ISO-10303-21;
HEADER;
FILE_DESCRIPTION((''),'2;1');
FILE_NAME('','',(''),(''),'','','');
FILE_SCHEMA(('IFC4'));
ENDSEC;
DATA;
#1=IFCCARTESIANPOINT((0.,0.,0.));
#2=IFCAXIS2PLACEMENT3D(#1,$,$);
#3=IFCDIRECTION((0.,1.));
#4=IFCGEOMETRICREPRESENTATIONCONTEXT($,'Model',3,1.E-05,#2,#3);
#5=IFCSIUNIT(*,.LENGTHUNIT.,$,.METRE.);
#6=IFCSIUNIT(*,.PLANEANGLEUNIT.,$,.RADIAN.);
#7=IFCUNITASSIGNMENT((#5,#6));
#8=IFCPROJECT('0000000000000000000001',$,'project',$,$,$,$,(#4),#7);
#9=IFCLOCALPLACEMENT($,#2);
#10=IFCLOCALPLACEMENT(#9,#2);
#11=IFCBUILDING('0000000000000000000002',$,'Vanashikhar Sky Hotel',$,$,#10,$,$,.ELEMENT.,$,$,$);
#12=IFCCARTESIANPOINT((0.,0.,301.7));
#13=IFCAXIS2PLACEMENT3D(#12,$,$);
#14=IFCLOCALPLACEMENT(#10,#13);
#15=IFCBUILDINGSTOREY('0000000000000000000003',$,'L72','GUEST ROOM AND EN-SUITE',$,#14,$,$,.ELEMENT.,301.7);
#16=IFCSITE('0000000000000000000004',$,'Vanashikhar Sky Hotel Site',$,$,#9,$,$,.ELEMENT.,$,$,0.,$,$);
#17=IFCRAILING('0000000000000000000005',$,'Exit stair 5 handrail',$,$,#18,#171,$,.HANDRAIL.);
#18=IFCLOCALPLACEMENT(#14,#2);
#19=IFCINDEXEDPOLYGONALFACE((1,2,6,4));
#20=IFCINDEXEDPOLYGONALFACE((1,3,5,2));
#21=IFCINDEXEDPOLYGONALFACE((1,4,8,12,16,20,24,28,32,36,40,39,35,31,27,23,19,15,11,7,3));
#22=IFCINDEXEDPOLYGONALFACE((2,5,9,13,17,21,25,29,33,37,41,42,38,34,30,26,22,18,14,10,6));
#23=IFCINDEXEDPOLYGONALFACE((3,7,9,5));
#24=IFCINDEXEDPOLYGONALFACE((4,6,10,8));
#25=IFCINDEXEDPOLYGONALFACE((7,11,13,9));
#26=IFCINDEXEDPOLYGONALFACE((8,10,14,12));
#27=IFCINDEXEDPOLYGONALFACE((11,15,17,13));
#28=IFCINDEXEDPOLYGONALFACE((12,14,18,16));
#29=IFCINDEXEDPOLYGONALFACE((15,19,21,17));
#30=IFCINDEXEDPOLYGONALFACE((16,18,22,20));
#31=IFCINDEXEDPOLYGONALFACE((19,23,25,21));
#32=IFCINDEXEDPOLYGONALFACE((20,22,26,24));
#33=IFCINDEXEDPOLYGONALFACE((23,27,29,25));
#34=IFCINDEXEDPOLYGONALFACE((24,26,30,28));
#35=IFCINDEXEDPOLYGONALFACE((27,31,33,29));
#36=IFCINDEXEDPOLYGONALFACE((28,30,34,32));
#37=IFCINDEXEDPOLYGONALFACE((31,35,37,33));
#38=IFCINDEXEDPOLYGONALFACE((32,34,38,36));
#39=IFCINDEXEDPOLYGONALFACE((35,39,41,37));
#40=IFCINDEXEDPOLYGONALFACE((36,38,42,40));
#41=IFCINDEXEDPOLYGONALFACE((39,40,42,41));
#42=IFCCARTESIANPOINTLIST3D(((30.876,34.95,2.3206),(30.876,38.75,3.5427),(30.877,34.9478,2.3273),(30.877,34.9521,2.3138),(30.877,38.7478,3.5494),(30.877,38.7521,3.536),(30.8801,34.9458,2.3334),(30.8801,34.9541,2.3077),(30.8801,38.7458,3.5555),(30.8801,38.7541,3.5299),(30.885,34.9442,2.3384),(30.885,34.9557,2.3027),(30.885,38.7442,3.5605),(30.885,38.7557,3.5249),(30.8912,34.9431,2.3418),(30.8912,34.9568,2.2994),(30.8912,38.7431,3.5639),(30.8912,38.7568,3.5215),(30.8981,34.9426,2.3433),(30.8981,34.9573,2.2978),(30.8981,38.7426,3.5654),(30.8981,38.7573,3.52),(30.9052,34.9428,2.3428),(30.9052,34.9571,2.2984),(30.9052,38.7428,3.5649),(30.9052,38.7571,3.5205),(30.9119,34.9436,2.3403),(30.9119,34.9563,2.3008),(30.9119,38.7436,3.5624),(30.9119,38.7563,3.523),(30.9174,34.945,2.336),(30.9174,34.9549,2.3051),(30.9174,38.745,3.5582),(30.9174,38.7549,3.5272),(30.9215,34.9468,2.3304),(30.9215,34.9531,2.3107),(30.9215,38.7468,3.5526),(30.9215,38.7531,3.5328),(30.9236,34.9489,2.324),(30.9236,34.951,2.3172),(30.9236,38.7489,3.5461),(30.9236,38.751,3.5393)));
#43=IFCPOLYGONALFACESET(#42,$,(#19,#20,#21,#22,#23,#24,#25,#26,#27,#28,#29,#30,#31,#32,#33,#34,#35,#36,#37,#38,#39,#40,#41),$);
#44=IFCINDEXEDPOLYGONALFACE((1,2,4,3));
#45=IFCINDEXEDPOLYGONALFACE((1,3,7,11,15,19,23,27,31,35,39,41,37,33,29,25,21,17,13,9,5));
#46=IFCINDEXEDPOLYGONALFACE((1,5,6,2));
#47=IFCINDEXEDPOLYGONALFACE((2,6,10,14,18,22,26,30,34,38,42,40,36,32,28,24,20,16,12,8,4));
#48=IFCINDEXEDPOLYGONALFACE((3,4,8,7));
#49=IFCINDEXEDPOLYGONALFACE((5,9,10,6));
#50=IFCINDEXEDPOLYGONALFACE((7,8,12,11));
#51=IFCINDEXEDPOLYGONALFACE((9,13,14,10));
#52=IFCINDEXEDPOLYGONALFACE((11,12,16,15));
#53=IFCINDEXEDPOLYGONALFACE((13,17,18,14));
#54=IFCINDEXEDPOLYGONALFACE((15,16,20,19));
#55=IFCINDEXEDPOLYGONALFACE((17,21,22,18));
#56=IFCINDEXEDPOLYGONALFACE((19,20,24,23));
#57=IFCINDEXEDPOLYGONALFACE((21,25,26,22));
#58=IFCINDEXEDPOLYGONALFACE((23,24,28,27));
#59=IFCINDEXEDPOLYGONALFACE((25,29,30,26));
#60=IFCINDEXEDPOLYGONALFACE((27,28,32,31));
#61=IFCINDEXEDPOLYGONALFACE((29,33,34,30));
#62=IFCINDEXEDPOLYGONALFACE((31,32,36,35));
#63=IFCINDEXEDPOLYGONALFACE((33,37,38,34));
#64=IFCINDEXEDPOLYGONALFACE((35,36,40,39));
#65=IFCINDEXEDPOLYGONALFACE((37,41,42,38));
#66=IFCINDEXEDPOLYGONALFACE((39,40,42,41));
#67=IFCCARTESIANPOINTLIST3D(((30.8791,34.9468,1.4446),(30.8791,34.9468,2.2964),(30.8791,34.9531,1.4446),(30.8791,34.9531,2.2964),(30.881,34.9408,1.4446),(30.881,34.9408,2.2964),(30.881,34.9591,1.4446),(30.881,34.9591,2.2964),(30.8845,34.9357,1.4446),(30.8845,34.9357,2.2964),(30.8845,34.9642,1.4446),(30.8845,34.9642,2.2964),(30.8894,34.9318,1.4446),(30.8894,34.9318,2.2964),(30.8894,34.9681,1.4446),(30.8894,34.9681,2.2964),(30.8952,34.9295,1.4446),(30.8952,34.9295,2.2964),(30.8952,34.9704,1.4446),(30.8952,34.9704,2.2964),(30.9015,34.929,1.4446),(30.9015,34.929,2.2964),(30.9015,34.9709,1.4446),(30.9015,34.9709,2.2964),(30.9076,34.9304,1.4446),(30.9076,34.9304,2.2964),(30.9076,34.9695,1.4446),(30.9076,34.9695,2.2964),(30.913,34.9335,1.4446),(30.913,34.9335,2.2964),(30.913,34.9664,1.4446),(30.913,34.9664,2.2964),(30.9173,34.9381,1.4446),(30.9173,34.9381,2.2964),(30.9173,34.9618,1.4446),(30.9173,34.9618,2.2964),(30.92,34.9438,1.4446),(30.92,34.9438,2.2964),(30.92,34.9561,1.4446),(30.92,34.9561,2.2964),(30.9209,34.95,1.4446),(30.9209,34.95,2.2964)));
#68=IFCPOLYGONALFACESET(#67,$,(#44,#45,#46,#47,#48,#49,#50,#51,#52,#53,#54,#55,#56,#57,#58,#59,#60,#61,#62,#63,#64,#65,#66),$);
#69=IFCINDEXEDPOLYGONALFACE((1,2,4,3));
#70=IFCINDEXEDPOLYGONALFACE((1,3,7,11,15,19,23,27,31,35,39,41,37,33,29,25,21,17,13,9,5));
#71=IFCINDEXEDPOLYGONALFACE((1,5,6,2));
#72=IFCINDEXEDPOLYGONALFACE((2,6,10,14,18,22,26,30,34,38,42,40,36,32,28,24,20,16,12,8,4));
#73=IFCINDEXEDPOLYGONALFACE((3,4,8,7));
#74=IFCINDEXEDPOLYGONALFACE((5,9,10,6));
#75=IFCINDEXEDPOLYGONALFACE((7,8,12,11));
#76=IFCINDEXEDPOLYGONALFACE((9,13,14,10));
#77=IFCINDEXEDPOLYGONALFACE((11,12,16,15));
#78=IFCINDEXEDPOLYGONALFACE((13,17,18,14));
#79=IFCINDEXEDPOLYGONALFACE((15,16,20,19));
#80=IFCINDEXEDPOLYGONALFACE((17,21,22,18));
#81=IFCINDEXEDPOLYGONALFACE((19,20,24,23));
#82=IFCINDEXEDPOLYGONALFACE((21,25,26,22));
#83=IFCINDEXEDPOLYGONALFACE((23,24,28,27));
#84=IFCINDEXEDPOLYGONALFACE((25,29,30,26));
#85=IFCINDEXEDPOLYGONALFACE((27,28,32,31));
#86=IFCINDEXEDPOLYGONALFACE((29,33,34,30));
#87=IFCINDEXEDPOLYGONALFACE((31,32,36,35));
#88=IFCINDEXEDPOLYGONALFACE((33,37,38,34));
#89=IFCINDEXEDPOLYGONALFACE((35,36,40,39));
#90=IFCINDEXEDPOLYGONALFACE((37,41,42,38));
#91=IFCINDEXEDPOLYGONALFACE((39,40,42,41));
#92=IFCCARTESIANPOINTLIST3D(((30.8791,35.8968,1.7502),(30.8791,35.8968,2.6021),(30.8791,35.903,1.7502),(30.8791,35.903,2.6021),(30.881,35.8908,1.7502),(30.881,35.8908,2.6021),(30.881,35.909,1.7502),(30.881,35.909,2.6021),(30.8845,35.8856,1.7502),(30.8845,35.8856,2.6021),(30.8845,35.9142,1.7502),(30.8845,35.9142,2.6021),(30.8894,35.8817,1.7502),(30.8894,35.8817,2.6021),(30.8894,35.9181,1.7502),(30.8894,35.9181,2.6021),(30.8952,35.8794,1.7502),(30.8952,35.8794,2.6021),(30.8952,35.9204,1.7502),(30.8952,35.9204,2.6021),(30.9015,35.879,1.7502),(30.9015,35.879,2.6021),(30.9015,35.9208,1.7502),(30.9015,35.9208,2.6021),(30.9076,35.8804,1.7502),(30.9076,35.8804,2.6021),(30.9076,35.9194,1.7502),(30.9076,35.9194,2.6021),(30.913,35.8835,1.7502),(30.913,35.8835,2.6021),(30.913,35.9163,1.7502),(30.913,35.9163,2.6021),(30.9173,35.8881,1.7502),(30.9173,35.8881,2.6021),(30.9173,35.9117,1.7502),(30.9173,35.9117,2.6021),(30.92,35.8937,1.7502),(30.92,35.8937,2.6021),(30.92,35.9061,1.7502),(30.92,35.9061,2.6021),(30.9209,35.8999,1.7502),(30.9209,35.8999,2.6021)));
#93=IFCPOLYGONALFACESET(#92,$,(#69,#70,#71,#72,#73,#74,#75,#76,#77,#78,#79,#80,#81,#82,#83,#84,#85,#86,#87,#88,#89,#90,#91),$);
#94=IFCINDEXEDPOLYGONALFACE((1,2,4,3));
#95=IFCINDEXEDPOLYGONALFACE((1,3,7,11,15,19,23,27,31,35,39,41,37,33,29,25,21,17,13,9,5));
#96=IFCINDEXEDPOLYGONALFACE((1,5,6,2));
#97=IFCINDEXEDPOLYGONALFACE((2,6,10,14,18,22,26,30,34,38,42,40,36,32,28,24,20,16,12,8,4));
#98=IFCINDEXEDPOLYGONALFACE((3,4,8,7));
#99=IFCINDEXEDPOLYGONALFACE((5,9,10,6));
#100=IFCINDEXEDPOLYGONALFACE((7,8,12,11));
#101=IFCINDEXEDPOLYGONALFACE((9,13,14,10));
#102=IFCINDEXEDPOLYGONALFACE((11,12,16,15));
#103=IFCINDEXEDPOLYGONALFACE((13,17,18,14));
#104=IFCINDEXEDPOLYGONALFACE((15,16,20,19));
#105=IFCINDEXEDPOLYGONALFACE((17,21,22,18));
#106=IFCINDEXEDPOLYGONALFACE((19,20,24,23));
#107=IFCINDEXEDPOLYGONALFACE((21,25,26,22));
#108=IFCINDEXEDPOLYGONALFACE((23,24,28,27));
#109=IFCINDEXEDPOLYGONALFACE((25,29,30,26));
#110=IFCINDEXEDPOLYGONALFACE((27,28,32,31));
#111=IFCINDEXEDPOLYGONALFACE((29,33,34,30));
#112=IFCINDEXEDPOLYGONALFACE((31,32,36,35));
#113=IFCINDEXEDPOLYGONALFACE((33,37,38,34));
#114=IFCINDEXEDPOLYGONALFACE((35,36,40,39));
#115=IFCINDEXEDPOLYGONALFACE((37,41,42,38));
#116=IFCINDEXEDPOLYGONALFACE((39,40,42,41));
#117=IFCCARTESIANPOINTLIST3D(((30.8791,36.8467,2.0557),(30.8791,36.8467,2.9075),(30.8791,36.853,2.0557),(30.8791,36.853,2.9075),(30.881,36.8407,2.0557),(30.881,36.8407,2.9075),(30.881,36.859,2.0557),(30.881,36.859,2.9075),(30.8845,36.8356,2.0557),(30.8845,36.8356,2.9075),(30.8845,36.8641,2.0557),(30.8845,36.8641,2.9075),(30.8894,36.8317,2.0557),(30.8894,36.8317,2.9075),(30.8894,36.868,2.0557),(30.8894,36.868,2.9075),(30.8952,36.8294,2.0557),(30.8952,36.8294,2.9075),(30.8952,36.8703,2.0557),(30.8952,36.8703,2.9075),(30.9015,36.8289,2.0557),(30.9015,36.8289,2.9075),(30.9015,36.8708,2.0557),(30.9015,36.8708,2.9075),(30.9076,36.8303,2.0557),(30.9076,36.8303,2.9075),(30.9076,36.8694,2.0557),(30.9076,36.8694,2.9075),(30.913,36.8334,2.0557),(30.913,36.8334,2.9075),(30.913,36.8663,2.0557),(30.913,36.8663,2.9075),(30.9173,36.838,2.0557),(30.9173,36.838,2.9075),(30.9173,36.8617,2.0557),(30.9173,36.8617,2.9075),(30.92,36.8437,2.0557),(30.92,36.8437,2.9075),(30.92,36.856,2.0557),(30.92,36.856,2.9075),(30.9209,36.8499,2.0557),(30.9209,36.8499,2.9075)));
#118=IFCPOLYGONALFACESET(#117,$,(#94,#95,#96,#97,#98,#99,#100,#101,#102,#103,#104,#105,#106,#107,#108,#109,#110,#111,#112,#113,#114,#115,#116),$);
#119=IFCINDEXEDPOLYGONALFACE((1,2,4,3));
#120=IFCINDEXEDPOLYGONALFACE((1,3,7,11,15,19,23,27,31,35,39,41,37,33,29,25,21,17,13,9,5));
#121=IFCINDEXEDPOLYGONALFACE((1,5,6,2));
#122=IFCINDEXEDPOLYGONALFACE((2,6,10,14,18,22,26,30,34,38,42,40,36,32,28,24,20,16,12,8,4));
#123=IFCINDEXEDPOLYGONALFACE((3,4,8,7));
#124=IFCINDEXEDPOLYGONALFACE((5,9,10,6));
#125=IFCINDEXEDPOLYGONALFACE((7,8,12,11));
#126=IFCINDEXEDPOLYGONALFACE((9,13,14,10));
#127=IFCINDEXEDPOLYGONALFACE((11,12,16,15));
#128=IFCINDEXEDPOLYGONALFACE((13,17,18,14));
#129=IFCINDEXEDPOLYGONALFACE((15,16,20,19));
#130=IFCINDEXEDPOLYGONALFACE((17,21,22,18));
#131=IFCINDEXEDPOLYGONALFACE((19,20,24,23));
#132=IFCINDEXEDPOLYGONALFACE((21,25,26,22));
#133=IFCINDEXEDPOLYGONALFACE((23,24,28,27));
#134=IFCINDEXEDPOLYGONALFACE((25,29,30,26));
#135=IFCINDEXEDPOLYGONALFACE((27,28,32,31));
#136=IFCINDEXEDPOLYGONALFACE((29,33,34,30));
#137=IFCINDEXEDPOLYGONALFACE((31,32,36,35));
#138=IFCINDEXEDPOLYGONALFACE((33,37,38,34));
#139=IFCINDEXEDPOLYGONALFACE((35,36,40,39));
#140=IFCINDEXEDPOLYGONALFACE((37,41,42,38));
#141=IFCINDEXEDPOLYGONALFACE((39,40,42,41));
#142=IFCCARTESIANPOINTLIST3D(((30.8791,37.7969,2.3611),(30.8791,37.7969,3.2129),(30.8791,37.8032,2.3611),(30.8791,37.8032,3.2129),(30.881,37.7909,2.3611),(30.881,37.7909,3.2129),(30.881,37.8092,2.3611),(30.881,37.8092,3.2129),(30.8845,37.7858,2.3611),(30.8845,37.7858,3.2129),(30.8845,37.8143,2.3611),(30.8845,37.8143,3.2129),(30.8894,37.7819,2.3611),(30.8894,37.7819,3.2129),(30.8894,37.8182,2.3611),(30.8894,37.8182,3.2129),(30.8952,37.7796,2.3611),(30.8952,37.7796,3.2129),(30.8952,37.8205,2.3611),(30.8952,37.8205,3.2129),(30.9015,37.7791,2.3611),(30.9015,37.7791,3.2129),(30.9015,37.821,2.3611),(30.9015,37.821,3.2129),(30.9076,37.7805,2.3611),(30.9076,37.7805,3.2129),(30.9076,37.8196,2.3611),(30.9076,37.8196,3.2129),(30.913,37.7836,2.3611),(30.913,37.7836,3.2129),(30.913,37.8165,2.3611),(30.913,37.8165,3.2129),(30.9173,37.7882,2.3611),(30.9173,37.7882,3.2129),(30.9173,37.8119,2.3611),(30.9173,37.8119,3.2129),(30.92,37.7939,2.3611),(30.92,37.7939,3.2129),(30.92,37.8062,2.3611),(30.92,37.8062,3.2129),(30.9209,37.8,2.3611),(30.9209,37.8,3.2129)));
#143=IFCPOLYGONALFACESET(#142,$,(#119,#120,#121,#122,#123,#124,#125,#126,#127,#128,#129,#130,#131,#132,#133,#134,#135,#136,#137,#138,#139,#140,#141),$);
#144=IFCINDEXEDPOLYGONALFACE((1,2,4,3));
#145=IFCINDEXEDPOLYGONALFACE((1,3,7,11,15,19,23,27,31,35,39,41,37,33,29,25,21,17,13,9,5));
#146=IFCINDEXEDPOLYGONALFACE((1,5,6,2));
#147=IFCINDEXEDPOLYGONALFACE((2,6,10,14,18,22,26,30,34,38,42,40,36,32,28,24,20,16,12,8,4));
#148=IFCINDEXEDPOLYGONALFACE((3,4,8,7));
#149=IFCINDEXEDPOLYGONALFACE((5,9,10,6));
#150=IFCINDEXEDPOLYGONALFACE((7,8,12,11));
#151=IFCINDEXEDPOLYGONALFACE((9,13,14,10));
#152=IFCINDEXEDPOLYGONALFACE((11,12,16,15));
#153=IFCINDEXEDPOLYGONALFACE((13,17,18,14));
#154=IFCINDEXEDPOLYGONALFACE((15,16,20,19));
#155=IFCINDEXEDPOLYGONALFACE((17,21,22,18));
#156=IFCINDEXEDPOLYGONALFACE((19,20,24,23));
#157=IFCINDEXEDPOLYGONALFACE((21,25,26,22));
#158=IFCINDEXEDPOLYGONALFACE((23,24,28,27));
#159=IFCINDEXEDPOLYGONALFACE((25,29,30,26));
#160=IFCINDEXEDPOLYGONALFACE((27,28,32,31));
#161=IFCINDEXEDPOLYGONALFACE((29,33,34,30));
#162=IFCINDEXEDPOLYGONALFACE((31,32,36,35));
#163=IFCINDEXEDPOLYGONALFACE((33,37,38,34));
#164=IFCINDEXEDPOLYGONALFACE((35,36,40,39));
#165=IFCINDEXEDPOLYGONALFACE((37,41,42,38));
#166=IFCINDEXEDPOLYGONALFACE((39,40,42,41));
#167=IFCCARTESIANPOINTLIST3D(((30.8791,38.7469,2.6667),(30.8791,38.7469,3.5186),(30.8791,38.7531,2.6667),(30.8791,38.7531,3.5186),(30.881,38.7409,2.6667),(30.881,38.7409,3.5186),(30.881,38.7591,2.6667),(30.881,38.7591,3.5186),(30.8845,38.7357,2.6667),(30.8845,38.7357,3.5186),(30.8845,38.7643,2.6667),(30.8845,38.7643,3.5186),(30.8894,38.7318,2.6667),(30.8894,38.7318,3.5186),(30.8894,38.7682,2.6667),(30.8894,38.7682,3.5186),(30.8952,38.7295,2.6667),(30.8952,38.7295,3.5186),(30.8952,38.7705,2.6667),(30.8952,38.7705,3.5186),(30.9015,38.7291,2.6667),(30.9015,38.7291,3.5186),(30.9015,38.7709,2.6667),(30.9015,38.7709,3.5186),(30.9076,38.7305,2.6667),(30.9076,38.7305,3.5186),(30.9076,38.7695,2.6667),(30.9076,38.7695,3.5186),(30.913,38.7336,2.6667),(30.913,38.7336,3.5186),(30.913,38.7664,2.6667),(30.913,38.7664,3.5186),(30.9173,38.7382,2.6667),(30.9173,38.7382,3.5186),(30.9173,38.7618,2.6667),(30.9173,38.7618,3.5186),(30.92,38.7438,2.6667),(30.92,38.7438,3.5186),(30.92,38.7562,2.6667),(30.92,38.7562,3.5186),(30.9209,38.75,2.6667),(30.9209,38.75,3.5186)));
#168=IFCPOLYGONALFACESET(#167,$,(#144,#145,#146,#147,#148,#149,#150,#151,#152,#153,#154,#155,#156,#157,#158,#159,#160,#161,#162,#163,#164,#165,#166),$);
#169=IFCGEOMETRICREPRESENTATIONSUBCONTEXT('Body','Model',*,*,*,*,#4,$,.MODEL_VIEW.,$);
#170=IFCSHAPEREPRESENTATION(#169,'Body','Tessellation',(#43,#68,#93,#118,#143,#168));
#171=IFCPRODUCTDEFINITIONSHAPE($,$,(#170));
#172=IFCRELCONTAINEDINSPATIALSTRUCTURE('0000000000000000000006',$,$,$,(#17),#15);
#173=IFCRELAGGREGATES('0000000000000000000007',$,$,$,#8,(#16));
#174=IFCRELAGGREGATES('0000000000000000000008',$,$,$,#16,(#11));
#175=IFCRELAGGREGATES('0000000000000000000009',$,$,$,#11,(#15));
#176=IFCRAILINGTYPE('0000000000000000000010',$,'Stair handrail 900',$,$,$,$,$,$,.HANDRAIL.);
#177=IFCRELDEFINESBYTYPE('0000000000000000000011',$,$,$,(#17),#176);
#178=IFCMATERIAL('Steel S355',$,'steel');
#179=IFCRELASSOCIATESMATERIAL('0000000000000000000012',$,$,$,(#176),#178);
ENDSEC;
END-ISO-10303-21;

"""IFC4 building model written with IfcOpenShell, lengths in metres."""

from ifc_helpers import new_model, si_unit, direction, frame, origin, origin_2d, place, context, subcontext, project, spatial, circle, extrude, source, transform, mapped, material, type_object, element, save


model = new_model("IFC4")

# Units and contexts
model_context = context("Model", 3, precision=1e-05, world=origin(), true_north=direction((0.0, 1.0)))
body_context = subcontext(model_context, "Body", "Model", "MODEL_VIEW")
ifc_project = project(units=[si_unit("LENGTHUNIT", "METRE"), si_unit("PLANEANGLEUNIT", "RADIAN")], contexts=[model_context])

# Site, building, storey
site_placement = place(None, origin())
site = spatial("IfcSite", under=ifc_project, at=site_placement, Name="Vanashikhar Sky Hotel Site", CompositionType="ELEMENT", RefElevation=0.0)
building_placement = place(site_placement, origin())
building = spatial("IfcBuilding", under=site, at=building_placement, Name="Vanashikhar Sky Hotel", CompositionType="ELEMENT")
storey_placement = place(building_placement, frame((0.0, 0.0, 301.7)))
storey = spatial("IfcBuildingStorey", under=building, at=storey_placement, Name="L72", Description="GUEST ROOM AND EN-SUITE", CompositionType="ELEMENT", Elevation=301.7)

# Railing
ifc_material_1 = material(Name="Steel S355", Category="steel")
railing_type_1 = type_object("IfcRailingType", Name="Stair handrail 900", PredefinedType="HANDRAIL", material=ifc_material_1)
shared_shape_1 = source(origin(), body_context, "Body", "SweptSolid", [
    extrude(circle(Radius=0.0239, at=origin_2d()), frame((0.0, 0.0, 0.876), z_axis=(0.0, 0.951976, 0.306173), x_axis=(-1.0, 0.0, 0.0)), (0.0, 0.0, 1.0), 3.9917),
    extrude(circle(Radius=0.021, at=origin_2d()), origin(), (0.0, 0.0, 1.0), 0.8518),
    extrude(circle(Radius=0.021, at=origin_2d()), frame((0.0, 0.95, 0.3057)), (0.0, 0.0, 1.0), 0.8518),
    extrude(circle(Radius=0.021, at=origin_2d()), frame((0.0, 1.8999, 0.6111)), (0.0, 0.0, 1.0), 0.8518),
    extrude(circle(Radius=0.021, at=origin_2d()), frame((0.0, 2.8501, 0.9165)), (0.0, 0.0, 1.0), 0.8518),
    extrude(circle(Radius=0.021, at=origin_2d()), frame((0.0, 3.8, 1.2222)), (0.0, 0.0, 1.0), 0.8518),
])
for number, where, name in (
    (1, (30.8999, 34.95, 1.4446), "Exit stair 5 handrail"),
):
    element("IfcRailing", number, at=place(storey_placement, frame(where)), inside=storey, type_object=railing_type_1, Name=name, PredefinedType="HANDRAIL", context=body_context, shape_type="MappedRepresentation", body=[
        mapped(shared_shape_1, transform((0.0, 0.0, 0.0), scale=1.0)),
    ])

save(model, "model.ifc")
